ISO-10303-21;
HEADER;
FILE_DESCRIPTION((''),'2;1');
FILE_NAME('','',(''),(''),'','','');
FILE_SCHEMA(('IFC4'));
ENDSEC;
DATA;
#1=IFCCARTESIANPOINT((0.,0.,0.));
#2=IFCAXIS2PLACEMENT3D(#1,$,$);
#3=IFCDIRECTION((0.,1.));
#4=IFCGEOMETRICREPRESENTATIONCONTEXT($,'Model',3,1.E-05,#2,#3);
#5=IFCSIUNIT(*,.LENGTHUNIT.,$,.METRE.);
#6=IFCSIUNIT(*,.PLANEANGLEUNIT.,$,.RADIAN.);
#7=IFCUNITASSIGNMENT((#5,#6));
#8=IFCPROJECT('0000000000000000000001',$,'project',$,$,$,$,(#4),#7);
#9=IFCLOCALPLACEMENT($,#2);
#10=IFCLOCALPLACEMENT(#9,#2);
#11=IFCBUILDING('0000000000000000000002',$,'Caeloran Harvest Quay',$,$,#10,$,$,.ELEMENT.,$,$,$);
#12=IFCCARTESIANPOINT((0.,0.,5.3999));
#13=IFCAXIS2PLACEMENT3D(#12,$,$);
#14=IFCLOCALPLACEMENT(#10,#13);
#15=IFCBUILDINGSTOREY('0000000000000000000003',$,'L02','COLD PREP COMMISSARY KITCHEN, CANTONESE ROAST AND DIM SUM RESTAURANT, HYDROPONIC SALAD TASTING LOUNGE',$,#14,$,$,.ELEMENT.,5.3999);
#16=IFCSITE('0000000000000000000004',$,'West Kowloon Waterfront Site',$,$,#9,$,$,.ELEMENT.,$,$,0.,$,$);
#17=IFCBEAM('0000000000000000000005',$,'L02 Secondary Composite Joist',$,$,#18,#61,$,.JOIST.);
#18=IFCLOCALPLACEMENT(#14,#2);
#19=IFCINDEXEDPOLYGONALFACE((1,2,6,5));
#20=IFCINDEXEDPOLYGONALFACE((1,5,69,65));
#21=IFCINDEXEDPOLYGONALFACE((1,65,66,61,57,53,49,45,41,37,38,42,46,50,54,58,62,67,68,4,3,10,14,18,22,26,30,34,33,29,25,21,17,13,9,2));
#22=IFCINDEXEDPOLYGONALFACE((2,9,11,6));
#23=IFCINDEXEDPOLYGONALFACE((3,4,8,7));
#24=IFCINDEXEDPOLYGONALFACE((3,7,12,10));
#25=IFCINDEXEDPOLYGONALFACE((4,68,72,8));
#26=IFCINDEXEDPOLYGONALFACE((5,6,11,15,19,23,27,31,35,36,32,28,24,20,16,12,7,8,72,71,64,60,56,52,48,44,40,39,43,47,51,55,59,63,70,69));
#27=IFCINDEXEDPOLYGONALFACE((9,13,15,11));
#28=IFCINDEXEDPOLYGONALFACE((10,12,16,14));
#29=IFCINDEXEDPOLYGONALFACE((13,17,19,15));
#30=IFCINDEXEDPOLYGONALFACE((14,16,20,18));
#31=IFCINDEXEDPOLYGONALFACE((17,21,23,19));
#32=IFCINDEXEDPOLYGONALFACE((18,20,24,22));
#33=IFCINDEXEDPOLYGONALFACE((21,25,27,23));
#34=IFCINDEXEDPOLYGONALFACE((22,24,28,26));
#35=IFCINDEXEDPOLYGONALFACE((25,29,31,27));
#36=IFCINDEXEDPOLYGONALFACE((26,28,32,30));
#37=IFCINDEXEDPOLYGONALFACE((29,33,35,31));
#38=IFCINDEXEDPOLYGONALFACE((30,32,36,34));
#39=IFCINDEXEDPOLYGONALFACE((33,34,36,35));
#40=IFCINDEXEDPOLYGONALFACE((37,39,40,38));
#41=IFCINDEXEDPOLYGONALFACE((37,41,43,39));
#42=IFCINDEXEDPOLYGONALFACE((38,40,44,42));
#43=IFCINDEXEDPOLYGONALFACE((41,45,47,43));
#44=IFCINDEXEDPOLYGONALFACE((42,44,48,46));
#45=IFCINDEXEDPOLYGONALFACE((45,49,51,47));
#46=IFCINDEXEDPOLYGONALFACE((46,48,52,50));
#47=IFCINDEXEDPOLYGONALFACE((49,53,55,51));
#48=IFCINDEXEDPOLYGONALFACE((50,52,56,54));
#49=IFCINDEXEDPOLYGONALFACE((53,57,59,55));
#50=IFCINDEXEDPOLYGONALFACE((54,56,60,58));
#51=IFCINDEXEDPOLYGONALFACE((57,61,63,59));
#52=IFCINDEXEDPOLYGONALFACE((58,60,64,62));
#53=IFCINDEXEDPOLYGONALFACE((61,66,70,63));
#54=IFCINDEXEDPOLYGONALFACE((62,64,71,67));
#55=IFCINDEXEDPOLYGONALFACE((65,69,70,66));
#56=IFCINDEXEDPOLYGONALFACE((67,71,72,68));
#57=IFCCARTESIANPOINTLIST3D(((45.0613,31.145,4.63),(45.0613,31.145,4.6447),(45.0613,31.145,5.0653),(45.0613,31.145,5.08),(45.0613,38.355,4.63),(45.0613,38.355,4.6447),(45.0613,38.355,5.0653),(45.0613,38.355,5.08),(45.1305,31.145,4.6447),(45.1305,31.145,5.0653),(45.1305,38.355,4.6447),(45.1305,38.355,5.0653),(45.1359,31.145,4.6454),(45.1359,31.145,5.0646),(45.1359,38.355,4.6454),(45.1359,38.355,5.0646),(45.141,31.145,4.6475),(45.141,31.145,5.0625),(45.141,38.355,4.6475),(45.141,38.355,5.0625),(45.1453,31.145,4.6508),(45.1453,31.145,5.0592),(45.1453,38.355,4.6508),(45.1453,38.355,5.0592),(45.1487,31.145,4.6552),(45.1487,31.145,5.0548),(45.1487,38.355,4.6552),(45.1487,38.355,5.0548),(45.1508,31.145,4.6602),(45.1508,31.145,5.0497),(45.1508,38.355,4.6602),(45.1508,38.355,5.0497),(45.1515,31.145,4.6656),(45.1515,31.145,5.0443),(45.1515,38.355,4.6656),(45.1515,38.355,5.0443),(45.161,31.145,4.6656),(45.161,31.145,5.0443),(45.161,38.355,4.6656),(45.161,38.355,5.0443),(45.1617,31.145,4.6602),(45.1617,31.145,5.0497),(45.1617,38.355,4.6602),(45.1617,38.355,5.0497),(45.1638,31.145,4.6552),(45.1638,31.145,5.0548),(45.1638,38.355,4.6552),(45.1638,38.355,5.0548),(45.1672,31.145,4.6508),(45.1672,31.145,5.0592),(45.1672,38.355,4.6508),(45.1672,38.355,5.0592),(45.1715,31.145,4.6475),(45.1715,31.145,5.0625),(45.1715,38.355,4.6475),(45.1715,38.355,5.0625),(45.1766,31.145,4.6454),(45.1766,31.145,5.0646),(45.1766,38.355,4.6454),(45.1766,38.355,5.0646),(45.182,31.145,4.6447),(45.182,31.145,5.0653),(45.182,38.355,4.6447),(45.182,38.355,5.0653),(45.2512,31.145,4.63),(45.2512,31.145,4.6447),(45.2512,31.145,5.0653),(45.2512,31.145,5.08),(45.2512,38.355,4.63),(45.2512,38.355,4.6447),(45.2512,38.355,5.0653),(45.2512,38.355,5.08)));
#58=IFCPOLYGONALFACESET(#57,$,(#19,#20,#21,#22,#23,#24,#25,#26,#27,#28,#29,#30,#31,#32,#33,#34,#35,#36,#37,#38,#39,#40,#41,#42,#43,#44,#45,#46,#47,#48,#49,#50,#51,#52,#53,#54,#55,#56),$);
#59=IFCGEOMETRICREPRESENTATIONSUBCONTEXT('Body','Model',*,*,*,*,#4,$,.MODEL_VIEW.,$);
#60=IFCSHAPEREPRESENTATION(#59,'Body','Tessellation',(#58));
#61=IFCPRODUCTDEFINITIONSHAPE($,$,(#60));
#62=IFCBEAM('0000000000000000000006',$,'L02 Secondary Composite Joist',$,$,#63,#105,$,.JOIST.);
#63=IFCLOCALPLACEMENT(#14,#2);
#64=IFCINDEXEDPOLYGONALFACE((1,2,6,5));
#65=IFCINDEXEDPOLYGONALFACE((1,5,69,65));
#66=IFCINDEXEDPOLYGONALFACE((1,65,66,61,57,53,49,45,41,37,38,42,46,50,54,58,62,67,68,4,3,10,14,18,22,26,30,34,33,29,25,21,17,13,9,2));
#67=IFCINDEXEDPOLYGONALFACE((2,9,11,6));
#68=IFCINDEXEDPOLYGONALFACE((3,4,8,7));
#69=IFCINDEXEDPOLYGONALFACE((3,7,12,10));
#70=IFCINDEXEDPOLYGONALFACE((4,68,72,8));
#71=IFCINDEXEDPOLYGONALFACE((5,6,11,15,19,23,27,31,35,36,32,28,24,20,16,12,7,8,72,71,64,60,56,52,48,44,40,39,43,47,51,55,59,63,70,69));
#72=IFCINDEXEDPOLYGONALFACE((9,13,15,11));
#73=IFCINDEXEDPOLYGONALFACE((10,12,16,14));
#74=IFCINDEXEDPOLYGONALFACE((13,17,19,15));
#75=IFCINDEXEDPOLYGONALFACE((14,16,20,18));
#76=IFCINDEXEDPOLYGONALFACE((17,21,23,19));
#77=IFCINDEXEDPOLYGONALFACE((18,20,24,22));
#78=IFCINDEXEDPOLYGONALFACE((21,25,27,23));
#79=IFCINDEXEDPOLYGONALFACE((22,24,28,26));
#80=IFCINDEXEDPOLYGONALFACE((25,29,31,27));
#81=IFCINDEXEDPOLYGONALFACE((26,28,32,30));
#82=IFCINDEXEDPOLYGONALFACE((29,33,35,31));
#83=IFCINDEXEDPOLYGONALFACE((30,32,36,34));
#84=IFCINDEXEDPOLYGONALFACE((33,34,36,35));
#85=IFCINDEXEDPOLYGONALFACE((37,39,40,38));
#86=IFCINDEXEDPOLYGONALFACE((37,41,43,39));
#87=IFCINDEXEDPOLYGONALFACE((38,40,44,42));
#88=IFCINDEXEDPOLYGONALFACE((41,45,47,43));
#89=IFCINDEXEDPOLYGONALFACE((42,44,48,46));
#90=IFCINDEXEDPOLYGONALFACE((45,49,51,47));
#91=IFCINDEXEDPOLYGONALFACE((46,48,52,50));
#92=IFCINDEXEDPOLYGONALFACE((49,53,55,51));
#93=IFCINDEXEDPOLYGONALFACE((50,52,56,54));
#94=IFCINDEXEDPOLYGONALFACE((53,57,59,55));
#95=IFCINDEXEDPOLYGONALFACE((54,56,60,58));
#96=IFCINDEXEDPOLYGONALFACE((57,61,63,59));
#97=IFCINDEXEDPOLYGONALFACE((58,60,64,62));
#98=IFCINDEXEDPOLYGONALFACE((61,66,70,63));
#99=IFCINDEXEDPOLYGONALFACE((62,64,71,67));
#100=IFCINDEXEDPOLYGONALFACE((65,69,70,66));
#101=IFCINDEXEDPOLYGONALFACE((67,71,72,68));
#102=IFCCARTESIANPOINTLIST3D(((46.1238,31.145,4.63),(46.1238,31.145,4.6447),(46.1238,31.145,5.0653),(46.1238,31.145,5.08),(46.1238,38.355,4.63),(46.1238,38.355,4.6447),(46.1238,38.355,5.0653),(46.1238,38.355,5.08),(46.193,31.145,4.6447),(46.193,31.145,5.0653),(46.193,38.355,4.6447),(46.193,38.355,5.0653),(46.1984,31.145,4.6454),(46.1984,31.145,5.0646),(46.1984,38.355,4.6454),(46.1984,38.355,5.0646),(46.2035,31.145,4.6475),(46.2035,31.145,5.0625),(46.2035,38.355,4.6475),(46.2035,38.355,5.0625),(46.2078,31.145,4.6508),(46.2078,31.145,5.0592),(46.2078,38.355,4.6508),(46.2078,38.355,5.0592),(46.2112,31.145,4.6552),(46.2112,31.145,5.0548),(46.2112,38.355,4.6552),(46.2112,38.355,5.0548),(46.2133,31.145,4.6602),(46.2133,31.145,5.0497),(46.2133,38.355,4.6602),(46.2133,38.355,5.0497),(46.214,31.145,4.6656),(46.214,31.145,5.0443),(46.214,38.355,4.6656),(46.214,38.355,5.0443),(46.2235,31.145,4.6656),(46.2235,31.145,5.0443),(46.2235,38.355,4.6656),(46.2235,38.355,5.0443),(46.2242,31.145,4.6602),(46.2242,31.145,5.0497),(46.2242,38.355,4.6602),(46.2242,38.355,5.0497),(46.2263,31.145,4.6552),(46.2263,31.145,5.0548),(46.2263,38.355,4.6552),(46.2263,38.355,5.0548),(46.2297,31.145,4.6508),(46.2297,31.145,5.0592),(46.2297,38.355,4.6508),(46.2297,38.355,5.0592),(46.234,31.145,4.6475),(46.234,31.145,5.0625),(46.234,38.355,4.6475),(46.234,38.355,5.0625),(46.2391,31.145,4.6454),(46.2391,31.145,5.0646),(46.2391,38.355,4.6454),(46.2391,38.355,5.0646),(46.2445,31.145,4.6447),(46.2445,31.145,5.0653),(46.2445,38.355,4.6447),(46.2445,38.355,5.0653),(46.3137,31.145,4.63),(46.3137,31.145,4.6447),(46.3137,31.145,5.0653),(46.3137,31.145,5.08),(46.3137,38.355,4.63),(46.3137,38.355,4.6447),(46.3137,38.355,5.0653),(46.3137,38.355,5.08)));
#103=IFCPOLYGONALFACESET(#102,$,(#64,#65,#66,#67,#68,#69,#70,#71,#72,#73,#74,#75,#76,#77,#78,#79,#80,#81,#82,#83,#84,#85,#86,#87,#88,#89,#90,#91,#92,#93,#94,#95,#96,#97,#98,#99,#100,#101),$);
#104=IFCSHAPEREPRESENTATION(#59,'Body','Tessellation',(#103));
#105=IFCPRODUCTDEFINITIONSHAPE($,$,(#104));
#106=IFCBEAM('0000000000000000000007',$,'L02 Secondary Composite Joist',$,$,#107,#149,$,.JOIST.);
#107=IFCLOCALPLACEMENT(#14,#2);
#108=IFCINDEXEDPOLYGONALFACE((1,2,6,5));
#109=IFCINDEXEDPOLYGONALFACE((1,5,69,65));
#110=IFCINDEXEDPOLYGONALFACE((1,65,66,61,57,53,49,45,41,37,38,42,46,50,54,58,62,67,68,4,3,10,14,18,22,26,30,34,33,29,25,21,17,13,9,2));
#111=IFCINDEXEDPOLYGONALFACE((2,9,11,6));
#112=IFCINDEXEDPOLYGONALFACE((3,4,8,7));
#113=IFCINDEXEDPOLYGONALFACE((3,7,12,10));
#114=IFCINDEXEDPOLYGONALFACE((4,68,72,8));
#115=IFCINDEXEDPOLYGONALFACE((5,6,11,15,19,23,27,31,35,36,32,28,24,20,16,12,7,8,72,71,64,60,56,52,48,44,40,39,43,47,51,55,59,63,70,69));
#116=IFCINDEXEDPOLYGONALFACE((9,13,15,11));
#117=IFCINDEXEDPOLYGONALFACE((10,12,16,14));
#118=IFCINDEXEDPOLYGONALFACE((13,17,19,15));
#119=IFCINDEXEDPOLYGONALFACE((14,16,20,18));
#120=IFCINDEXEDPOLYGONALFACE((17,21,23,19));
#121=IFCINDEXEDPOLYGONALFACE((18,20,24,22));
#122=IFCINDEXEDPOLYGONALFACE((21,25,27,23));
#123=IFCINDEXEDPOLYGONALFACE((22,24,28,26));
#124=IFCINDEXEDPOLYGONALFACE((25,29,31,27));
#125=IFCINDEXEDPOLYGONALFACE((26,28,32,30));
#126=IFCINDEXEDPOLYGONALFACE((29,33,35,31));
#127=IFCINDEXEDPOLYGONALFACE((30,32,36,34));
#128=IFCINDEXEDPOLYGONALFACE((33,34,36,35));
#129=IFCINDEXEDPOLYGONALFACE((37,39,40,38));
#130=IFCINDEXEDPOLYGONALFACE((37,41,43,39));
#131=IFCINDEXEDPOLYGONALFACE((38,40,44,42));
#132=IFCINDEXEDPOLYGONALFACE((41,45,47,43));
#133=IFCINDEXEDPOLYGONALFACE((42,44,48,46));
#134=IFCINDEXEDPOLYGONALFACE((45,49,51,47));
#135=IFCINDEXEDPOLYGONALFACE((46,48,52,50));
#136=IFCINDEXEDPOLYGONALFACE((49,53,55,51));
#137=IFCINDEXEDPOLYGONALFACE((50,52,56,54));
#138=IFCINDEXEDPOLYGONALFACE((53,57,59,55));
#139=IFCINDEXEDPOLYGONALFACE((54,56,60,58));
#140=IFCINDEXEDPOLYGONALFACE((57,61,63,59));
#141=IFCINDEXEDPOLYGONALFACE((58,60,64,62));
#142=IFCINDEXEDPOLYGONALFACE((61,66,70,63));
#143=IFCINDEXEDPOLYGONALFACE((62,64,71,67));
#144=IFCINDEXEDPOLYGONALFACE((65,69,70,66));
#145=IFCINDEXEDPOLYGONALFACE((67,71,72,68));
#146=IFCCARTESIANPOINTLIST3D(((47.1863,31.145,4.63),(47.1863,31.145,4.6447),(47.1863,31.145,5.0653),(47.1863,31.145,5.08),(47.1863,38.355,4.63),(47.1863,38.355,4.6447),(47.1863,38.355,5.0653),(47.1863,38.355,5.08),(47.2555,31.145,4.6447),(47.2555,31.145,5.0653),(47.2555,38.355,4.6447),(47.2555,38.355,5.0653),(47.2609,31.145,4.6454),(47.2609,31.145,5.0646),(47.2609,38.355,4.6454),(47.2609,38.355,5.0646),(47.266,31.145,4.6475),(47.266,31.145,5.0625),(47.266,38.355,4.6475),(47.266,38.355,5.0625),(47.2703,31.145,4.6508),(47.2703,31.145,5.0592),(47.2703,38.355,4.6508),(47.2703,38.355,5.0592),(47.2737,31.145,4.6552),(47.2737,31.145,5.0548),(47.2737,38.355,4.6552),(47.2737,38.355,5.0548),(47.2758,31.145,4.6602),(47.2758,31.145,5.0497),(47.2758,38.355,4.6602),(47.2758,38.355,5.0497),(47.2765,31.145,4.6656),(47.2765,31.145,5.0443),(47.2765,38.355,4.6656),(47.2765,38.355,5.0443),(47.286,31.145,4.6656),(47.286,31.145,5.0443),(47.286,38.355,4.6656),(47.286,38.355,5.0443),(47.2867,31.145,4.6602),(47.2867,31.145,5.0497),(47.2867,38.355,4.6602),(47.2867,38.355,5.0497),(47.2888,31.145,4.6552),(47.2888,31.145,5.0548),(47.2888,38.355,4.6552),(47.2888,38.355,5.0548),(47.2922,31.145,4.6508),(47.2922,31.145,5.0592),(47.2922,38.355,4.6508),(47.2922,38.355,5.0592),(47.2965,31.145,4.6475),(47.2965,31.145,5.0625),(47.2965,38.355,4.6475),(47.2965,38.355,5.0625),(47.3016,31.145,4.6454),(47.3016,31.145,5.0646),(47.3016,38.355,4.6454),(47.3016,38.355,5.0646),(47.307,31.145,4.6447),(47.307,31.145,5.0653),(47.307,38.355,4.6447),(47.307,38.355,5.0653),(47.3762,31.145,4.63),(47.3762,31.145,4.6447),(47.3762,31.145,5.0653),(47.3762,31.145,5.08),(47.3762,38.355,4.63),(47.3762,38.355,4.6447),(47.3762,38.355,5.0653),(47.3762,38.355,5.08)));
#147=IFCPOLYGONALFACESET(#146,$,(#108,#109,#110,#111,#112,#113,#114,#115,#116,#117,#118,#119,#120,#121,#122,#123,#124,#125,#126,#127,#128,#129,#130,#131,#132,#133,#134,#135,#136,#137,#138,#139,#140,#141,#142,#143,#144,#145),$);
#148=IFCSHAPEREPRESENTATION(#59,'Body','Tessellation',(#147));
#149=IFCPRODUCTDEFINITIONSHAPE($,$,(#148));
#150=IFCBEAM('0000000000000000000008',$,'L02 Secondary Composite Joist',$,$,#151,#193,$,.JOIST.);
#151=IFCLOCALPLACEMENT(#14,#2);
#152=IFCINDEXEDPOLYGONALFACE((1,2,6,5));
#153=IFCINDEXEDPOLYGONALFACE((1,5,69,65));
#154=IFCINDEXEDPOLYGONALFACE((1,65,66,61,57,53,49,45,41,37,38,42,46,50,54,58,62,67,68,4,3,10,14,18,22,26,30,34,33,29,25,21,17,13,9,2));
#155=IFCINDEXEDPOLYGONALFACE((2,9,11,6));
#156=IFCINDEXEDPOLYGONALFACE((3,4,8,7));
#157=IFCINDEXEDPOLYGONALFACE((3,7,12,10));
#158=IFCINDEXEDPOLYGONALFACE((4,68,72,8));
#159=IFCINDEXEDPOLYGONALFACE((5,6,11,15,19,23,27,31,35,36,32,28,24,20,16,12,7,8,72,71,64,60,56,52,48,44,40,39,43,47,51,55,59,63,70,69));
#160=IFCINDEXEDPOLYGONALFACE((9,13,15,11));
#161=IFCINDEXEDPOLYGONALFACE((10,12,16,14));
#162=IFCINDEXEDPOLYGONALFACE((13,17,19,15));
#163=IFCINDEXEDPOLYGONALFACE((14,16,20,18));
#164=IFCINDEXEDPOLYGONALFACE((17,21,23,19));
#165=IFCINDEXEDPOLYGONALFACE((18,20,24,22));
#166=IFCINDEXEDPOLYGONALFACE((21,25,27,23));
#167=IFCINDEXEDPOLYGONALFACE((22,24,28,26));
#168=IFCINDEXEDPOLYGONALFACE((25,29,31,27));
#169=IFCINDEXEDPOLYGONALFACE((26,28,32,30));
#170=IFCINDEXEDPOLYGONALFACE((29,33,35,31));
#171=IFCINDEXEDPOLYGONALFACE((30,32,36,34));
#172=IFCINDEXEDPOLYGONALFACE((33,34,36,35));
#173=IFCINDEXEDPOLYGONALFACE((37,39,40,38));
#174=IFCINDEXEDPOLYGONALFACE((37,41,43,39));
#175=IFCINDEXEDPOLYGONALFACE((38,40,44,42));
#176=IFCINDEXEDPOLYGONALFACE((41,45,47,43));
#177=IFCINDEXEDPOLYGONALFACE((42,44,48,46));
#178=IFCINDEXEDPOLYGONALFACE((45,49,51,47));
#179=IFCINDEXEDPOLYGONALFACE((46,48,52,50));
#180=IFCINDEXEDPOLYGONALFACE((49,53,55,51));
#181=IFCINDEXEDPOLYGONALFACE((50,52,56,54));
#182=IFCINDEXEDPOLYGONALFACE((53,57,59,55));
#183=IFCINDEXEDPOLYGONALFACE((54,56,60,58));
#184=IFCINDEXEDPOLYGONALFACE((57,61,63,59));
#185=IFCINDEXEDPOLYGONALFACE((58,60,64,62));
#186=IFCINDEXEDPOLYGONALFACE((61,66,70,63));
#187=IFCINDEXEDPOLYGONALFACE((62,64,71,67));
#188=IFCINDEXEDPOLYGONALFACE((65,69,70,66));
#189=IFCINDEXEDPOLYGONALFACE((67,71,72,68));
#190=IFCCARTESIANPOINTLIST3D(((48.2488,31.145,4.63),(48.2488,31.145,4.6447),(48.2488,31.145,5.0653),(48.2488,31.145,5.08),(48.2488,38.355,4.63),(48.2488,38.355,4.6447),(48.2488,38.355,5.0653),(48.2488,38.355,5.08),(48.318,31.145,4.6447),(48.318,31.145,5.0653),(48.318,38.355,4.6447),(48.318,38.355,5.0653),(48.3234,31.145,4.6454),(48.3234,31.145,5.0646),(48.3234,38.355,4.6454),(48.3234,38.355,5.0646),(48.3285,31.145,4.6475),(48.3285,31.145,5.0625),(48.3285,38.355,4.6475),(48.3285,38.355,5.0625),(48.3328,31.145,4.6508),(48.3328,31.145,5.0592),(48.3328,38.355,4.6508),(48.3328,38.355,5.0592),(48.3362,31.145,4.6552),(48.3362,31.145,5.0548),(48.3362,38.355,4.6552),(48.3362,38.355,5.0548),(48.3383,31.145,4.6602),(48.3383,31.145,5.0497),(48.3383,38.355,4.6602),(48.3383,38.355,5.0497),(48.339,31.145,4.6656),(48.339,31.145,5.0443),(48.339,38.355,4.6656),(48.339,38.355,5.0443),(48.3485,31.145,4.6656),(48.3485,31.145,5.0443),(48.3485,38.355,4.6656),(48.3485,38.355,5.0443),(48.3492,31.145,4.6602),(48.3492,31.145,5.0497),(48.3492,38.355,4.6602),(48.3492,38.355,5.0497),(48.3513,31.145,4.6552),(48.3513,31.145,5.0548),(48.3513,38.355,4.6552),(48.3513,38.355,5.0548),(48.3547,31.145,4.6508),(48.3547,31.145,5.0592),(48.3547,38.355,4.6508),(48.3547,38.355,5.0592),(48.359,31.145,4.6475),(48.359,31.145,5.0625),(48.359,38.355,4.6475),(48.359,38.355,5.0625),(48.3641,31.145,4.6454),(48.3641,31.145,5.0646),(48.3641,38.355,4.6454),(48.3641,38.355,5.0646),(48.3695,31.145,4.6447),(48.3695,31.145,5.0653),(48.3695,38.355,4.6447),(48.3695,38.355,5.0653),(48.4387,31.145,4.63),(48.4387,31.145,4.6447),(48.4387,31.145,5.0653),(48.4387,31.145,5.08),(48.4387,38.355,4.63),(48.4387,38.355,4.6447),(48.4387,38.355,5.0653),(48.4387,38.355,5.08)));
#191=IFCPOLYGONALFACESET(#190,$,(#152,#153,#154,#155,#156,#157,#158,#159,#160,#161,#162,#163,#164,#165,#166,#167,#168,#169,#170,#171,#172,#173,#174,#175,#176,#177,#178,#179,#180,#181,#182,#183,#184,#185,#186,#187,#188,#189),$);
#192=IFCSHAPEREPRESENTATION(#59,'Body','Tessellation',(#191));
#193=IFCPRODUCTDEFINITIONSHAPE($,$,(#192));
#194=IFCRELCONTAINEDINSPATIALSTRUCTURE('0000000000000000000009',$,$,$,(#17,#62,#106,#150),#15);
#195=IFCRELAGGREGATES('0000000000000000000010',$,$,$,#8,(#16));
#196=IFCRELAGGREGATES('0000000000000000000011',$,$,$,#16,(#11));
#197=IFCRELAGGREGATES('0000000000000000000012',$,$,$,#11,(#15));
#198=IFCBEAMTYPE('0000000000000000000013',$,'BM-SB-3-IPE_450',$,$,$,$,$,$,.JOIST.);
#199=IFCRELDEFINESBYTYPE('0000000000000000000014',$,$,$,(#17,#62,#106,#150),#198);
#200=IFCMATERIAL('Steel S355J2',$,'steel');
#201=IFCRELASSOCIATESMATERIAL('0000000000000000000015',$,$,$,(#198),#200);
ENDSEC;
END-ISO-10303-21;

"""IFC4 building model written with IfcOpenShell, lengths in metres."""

from ifc_helpers import new_model, si_unit, direction, frame, origin, origin_2d, place, context, subcontext, project, spatial, i_section, extrude, material, material_profile, profile_set, type_object, element, save


model = new_model("IFC4")

# Units and contexts
model_context = context("Model", 3, precision=1e-05, world=origin(), true_north=direction((0.0, 1.0)))
body_context = subcontext(model_context, "Body", "Model", "MODEL_VIEW")
ifc_project = project(units=[si_unit("LENGTHUNIT", "METRE"), si_unit("PLANEANGLEUNIT", "RADIAN")], contexts=[model_context])

# Site, building, storey
site_placement = place(None, origin())
site = spatial("IfcSite", under=ifc_project, at=site_placement, Name="West Kowloon Waterfront Site", CompositionType="ELEMENT", RefElevation=0.0)
building_placement = place(site_placement, origin())
building = spatial("IfcBuilding", under=site, at=building_placement, Name="Caeloran Harvest Quay", CompositionType="ELEMENT")
storey_placement = place(building_placement, frame((0.0, 0.0, 5.3999)))
storey = spatial("IfcBuildingStorey", under=building, at=storey_placement, Name="L02", Description="COLD PREP COMMISSARY KITCHEN, CANTONESE ROAST AND DIM SUM RESTAURANT, HYDROPONIC SALAD TASTING LOUNGE", CompositionType="ELEMENT", Elevation=5.3999)

# Beams
ifc_material_1 = material(Name="Steel S355J2", Category="steel")
ifc_material_profile_1 = material_profile(ifc_material_1, i_section(OverallWidth=0.1899, OverallDepth=0.45, WebThickness=0.0095, FlangeThickness=0.0146, FilletRadius=0.021, at=origin_2d()), Name="IPE 450")
ifc_profile_set_1 = profile_set([ifc_material_profile_1], Name="Steel S355J2")
beam_type_1 = type_object("IfcBeamType", Name="BM-SB-3-IPE_450", PredefinedType="JOIST", material=ifc_profile_set_1)
for number, where, z_axis, x_axis, name in (
    (1, (45.1562, 31.145, 4.855), (0.0, 1.0, 0.0), (-1.0, 0.0, 0.0), "L02 Secondary Composite Joist"),
    (2, (46.2188, 31.145, 4.855), (0.0, 1.0, 0.0), (-1.0, 0.0, 0.0), "L02 Secondary Composite Joist"),
    (3, (47.2812, 31.145, 4.855), (0.0, 1.0, 0.0), (-1.0, 0.0, 0.0), "L02 Secondary Composite Joist"),
    (4, (48.3438, 31.145, 4.855), (0.0, 1.0, 0.0), (-1.0, 0.0, 0.0), "L02 Secondary Composite Joist"),
):
    element("IfcBeam", number, at=place(storey_placement, frame(where, z_axis=z_axis, x_axis=x_axis)), inside=storey, type_object=beam_type_1, Name=name, PredefinedType="JOIST", context=body_context, shape_type="SweptSolid", body=[
        extrude(i_section(OverallWidth=0.1899, OverallDepth=0.45, WebThickness=0.0095, FlangeThickness=0.0146, FilletRadius=0.021, at=origin_2d()), origin(), (0.0, 0.0, 1.0), 7.21),
    ])

save(model, "model.ifc")
